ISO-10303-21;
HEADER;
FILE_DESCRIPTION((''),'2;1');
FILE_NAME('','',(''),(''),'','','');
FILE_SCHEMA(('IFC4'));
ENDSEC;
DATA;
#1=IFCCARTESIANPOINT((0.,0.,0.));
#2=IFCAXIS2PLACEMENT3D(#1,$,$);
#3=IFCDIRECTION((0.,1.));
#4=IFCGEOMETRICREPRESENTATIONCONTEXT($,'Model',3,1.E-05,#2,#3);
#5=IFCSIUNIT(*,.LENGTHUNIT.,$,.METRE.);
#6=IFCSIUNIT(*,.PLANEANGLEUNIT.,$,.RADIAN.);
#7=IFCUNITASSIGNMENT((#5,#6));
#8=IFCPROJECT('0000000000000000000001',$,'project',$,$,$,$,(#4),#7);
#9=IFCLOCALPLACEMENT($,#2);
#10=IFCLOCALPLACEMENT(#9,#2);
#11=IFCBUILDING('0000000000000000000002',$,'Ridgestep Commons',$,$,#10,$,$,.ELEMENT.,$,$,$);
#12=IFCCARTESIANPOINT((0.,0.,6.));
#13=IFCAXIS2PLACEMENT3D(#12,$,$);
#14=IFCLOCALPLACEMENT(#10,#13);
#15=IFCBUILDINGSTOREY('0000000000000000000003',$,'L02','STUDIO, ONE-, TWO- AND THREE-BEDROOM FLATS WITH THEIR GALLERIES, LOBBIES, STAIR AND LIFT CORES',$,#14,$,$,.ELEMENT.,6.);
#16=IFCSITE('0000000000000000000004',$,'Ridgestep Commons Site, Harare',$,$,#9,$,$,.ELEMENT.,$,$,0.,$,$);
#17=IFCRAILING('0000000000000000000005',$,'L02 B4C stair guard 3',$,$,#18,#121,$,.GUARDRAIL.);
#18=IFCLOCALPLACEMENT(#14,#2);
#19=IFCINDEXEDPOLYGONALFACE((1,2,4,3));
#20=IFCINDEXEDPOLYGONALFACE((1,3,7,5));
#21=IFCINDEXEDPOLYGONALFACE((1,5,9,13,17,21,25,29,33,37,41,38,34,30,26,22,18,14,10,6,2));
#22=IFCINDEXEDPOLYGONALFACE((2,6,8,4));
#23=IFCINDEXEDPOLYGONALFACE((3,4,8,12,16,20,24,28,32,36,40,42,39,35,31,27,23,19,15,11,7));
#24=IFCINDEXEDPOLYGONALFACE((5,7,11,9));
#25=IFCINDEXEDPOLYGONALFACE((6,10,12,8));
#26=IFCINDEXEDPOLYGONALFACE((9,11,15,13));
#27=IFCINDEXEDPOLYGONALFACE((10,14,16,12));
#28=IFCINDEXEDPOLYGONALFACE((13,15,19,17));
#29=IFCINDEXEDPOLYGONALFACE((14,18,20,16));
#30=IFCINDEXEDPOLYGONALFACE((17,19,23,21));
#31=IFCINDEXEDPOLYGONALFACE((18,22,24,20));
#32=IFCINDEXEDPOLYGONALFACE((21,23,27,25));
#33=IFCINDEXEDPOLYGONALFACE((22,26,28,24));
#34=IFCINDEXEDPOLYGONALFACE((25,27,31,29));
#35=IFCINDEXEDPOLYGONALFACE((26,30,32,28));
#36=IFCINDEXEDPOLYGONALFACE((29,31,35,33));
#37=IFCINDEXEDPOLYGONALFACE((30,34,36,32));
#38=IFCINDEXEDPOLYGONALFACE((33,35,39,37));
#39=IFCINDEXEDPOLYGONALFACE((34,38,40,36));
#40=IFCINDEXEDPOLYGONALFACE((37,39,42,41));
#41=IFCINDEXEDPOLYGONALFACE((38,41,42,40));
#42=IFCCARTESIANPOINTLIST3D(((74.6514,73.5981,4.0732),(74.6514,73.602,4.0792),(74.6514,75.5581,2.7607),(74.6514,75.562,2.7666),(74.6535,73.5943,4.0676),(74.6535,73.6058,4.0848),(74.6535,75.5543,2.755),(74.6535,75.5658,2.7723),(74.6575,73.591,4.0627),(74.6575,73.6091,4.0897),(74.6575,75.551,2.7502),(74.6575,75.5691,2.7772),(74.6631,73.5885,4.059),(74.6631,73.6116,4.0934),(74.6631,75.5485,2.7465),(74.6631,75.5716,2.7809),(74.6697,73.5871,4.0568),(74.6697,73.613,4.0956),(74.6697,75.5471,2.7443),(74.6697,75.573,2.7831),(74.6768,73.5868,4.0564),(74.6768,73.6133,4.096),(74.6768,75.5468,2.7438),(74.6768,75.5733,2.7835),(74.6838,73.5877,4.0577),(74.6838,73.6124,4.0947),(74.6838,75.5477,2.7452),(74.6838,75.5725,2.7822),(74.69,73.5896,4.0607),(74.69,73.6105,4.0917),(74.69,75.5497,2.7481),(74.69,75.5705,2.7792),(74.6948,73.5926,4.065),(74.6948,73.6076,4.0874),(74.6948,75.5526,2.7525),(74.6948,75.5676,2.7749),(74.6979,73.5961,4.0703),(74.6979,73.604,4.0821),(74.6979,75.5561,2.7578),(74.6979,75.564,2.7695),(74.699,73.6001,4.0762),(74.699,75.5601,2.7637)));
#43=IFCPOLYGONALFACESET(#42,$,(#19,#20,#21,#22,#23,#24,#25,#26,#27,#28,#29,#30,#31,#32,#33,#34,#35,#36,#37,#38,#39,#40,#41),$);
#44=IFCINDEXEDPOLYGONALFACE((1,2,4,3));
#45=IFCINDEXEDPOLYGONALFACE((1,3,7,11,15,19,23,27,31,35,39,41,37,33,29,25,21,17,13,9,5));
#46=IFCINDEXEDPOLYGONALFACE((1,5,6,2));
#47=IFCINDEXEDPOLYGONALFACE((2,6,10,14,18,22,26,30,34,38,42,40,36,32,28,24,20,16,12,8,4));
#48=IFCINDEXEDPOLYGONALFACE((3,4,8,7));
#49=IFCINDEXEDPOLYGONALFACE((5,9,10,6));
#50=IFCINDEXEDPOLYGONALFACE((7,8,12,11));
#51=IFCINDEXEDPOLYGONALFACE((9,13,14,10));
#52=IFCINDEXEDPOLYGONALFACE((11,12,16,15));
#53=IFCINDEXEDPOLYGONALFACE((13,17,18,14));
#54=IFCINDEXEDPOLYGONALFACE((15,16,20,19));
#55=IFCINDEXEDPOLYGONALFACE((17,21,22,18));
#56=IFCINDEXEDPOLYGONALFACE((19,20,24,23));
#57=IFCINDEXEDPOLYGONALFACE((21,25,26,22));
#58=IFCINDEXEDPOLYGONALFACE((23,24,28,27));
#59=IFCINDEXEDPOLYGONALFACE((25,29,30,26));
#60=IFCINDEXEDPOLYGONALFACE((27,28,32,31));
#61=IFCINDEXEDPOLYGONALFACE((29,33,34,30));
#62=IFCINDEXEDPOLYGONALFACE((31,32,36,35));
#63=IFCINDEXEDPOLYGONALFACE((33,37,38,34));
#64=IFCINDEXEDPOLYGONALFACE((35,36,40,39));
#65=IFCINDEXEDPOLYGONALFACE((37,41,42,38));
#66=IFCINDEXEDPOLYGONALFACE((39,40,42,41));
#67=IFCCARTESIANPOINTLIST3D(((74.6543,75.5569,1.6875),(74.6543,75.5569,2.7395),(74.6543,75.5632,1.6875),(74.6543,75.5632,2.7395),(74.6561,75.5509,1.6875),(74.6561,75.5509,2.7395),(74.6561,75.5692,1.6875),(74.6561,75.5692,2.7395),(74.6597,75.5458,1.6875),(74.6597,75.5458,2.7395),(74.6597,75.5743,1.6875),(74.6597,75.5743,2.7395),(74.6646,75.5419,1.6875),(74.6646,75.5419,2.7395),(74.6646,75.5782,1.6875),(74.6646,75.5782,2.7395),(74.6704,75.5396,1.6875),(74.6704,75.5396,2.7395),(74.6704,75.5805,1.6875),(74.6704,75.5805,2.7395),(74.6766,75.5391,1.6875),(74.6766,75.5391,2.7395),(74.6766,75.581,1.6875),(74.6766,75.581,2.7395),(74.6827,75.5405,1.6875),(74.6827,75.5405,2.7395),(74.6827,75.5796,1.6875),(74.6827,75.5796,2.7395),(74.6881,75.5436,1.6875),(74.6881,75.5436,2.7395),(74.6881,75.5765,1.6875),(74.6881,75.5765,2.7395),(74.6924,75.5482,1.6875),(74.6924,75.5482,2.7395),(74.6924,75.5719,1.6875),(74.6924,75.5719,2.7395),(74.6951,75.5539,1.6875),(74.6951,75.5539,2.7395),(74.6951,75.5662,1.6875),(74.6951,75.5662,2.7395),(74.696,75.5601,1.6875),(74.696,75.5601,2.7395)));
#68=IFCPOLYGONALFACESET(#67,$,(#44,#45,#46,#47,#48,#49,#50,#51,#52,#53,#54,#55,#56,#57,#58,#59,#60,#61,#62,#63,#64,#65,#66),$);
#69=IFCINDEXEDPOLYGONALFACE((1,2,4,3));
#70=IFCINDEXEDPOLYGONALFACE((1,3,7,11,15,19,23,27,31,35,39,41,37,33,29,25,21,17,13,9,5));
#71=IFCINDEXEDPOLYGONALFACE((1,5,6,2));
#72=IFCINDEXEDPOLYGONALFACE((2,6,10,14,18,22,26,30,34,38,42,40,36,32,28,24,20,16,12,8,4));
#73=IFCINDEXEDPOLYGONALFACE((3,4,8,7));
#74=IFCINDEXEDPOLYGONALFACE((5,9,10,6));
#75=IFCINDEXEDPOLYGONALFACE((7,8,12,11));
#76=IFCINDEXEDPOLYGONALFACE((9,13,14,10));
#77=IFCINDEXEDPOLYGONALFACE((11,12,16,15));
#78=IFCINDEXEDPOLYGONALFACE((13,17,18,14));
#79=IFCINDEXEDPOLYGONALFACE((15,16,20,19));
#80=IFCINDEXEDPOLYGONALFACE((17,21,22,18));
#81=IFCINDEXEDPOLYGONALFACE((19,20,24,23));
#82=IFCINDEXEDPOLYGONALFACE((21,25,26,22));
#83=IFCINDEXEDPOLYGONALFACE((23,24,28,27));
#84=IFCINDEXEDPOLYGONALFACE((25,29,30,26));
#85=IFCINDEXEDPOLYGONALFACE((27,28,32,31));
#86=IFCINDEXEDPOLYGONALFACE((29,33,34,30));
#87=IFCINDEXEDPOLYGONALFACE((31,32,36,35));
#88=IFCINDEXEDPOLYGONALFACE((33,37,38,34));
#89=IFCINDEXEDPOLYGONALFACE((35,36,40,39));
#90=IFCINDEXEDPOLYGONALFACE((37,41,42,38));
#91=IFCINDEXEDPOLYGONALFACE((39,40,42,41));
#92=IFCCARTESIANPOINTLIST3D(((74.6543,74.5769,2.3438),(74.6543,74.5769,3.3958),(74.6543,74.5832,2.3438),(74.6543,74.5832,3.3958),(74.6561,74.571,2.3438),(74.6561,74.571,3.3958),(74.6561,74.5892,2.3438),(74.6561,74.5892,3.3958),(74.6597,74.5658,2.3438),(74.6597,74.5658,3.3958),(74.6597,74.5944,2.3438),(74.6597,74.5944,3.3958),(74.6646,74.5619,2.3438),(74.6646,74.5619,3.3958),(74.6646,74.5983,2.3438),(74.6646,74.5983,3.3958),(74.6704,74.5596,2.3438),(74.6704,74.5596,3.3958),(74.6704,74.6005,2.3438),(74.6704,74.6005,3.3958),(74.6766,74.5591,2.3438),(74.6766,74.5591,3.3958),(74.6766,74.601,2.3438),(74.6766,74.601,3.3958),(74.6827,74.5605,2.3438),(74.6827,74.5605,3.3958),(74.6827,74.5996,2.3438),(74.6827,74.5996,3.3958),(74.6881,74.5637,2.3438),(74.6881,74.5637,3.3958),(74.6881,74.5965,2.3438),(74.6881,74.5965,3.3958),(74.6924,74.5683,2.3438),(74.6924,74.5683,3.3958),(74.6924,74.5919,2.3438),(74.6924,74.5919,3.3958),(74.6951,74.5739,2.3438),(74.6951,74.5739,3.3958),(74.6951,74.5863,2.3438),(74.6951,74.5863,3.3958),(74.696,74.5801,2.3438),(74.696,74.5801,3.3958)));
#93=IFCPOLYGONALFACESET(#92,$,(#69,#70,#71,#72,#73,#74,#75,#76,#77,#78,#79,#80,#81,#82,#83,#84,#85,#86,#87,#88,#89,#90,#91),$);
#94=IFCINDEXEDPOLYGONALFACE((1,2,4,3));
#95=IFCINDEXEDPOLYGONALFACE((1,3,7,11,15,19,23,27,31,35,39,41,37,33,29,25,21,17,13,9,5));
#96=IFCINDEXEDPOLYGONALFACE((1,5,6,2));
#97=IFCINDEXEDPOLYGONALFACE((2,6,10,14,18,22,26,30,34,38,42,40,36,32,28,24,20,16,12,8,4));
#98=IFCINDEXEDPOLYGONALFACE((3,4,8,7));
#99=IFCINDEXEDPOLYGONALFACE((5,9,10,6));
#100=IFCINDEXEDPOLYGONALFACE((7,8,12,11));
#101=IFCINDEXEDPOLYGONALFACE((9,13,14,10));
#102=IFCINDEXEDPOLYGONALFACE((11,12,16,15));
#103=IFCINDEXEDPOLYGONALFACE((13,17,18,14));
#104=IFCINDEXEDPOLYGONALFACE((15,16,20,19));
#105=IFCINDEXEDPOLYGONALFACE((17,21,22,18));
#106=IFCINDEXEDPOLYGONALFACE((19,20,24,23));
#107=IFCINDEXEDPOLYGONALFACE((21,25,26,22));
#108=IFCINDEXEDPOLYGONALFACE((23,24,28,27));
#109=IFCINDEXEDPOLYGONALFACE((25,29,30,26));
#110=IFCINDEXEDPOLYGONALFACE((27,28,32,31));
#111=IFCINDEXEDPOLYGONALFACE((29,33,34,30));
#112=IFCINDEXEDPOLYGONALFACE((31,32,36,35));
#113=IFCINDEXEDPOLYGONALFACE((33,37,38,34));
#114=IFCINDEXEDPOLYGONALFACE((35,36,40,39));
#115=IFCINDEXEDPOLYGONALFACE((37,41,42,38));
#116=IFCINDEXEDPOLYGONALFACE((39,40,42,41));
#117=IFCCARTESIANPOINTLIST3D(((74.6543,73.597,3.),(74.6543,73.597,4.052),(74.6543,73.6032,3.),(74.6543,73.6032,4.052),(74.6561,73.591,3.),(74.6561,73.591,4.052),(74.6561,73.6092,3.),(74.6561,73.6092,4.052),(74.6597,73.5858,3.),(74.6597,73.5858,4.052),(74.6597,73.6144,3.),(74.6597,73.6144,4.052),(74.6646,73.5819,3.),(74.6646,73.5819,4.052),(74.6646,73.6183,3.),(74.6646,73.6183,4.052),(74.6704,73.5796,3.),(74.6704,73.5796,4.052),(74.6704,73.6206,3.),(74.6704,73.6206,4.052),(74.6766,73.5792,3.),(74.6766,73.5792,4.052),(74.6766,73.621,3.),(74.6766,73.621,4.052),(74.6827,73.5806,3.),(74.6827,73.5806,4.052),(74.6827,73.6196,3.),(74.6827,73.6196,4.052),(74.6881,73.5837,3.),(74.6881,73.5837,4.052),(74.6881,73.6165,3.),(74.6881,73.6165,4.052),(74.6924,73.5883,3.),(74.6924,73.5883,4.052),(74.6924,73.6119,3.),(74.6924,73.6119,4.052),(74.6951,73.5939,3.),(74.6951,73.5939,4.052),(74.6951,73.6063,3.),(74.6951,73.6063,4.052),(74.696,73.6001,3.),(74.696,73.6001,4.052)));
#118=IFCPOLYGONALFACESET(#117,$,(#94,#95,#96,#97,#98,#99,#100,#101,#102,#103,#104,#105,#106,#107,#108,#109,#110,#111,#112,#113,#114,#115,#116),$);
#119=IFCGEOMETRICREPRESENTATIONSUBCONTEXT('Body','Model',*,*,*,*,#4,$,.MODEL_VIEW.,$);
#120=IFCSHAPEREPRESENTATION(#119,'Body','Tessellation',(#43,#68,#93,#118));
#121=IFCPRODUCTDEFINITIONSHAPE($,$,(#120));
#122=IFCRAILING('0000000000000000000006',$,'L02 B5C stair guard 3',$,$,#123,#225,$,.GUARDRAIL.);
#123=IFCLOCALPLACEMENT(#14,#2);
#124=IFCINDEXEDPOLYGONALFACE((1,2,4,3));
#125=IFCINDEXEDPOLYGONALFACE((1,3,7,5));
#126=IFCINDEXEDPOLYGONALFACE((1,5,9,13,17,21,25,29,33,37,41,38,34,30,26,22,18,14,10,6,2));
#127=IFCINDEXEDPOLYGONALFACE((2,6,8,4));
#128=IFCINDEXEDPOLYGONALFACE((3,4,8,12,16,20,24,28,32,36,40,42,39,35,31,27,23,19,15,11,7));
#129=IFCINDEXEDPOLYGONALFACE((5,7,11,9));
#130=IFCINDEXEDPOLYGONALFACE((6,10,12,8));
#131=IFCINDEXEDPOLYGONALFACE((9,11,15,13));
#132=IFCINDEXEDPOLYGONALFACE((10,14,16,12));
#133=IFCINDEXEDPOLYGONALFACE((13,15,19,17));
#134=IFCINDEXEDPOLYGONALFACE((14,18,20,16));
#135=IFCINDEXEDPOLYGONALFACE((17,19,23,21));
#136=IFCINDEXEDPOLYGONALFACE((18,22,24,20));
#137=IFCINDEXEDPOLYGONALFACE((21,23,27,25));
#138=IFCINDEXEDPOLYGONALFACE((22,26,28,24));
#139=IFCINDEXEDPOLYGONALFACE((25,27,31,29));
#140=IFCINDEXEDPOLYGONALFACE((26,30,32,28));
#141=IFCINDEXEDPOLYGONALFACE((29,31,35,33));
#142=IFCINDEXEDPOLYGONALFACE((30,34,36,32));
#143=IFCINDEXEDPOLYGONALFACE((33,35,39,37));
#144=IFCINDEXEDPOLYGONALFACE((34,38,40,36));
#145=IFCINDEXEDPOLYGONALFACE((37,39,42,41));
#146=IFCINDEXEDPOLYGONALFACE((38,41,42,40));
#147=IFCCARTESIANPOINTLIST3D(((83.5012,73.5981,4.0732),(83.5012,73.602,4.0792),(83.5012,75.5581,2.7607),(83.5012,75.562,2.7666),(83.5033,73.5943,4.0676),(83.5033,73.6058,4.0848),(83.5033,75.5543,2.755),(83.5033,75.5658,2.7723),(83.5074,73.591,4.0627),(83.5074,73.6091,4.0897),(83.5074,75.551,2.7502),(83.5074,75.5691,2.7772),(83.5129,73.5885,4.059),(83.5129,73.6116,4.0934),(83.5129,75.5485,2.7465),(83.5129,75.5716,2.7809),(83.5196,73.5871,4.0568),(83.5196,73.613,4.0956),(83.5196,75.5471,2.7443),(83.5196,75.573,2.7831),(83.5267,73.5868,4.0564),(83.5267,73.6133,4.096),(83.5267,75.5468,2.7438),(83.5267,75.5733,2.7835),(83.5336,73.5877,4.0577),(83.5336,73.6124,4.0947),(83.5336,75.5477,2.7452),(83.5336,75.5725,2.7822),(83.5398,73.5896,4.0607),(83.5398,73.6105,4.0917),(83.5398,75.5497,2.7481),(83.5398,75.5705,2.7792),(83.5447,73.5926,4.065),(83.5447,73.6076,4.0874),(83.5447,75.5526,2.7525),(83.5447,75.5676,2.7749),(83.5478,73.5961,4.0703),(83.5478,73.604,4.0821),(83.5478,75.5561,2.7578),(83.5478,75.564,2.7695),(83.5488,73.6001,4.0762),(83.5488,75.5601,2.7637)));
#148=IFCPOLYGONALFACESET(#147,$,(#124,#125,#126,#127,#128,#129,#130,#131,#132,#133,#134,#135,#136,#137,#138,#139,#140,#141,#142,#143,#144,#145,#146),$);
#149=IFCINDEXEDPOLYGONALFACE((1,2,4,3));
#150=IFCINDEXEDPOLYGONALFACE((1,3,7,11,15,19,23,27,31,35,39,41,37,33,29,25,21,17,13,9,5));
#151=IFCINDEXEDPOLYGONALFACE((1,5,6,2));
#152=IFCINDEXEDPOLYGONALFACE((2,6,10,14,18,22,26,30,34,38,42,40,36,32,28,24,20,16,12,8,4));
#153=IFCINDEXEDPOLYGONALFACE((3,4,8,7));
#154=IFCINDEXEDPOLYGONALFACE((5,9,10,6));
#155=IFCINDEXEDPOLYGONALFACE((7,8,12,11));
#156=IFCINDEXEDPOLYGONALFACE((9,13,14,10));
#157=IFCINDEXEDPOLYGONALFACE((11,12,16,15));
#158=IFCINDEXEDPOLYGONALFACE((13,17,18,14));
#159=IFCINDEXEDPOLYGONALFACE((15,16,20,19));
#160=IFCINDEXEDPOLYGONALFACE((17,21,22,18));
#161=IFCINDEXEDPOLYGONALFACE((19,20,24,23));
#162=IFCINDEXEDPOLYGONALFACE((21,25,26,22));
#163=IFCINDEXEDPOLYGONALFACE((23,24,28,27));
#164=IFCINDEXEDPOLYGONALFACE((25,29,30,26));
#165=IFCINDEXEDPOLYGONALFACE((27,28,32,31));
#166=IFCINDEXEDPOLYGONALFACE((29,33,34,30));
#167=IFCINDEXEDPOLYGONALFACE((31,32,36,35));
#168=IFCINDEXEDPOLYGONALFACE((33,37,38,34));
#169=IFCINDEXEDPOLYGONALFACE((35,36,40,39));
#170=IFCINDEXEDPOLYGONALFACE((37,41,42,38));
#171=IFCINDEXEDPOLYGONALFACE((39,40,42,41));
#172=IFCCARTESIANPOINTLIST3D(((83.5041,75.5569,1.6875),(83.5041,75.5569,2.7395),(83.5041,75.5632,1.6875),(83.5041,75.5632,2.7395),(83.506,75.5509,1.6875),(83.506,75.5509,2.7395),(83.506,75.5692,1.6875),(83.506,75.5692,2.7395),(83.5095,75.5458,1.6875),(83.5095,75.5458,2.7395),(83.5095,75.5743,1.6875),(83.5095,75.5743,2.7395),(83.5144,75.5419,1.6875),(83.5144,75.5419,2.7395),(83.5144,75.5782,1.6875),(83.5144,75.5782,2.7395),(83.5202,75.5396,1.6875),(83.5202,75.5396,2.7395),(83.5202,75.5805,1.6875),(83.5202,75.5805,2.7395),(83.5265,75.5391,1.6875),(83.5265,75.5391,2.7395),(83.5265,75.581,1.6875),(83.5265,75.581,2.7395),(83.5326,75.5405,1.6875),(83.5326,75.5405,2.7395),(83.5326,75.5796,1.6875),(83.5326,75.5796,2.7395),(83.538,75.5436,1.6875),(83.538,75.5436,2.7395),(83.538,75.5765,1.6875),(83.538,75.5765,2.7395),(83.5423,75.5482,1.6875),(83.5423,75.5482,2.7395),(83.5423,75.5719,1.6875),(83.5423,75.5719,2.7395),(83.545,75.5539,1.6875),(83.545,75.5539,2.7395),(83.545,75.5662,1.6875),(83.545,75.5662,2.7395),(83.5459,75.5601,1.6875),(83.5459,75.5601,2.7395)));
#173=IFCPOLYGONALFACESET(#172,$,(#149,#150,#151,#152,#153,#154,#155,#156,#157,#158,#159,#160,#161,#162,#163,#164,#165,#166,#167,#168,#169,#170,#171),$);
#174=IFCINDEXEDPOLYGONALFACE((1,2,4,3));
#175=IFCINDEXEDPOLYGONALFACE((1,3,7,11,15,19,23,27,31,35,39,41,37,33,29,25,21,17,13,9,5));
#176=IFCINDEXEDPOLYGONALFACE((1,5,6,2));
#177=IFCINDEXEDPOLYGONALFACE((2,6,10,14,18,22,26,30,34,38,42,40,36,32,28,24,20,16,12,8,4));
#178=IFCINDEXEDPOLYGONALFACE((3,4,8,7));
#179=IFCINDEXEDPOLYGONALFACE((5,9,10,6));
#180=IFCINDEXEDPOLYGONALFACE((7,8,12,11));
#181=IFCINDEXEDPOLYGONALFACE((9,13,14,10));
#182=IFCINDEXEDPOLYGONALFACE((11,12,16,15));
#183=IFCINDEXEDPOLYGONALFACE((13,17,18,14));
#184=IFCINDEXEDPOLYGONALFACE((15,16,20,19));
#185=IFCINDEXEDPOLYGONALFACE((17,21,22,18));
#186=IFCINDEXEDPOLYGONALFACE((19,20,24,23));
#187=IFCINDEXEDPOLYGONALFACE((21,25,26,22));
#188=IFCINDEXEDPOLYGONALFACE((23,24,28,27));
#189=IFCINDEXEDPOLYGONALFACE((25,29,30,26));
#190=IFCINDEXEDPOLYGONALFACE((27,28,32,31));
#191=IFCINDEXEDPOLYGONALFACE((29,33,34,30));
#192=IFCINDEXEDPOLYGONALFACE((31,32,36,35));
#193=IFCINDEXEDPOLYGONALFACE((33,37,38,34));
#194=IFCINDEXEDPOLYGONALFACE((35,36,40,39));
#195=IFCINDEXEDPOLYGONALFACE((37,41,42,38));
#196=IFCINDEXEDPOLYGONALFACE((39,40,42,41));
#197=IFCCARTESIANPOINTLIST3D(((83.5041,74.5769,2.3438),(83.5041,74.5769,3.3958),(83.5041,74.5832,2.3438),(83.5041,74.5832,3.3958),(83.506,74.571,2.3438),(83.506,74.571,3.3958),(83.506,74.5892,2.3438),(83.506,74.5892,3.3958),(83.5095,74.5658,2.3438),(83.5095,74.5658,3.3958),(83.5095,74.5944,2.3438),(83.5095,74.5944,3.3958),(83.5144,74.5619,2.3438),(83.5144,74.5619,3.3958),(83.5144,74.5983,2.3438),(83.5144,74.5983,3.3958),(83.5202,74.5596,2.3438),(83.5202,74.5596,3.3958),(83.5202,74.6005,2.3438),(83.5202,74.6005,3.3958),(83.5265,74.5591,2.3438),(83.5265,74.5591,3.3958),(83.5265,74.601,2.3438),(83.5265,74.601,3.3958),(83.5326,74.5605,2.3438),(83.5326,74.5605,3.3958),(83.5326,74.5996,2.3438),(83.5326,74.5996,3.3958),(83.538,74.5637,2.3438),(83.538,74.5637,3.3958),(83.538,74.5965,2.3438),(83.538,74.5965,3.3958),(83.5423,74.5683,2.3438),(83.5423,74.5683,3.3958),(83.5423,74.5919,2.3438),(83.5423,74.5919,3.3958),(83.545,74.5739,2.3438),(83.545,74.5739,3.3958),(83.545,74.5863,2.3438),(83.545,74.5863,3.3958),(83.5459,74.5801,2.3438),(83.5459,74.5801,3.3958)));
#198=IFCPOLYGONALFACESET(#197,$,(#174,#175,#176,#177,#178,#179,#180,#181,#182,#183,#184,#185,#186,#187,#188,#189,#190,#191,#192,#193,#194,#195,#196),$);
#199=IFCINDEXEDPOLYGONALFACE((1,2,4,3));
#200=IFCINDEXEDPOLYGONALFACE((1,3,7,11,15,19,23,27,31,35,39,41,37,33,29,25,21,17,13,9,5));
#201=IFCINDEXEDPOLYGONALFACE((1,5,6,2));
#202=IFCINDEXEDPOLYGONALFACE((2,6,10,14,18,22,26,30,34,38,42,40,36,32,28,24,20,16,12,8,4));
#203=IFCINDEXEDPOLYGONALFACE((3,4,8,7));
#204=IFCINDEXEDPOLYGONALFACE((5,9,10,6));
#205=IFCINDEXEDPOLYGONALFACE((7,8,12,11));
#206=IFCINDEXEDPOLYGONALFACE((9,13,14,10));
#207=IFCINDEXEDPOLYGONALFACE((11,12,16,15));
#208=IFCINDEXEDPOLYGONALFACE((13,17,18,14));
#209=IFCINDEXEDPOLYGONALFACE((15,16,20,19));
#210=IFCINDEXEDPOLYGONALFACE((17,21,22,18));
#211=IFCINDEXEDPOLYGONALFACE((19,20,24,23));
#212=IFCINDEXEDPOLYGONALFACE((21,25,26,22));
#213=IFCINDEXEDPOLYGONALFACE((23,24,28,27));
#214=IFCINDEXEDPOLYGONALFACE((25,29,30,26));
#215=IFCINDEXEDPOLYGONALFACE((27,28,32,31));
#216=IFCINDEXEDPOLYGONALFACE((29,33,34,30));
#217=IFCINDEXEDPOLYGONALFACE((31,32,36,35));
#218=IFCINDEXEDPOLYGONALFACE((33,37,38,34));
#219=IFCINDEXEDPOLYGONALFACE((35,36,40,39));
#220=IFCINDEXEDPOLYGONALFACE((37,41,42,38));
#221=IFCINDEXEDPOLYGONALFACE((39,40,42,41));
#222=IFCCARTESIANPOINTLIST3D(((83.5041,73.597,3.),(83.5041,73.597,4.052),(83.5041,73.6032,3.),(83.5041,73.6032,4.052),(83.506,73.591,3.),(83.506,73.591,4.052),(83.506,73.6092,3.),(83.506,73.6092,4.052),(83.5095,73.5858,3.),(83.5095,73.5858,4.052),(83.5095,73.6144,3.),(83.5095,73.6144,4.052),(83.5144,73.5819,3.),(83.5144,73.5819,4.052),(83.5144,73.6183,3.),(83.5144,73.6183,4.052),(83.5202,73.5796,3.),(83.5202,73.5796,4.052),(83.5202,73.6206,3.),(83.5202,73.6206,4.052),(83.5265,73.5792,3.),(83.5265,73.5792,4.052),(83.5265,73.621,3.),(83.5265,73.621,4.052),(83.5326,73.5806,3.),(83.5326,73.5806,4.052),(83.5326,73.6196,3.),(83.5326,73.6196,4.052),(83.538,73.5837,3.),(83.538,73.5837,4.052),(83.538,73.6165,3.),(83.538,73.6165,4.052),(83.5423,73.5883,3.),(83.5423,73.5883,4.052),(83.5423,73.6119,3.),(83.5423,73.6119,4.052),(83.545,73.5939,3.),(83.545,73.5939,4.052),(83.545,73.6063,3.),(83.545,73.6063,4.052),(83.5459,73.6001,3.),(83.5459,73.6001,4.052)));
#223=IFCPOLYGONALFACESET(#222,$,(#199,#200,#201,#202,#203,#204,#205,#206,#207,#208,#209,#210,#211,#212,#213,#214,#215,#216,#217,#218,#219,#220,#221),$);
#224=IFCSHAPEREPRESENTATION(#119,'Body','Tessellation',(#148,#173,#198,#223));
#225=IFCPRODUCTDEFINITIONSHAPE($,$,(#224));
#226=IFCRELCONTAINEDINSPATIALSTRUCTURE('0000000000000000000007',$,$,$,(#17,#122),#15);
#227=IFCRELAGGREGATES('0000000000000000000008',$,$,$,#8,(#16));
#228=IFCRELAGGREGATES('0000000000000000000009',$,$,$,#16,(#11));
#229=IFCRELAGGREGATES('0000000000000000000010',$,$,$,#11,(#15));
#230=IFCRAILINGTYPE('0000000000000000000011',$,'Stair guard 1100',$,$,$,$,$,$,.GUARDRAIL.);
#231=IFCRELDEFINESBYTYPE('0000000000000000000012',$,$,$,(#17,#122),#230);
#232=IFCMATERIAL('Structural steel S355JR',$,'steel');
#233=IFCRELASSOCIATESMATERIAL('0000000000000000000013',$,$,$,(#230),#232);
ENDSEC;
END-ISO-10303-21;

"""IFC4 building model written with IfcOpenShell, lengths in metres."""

from ifc_helpers import new_model, si_unit, direction, frame, origin, origin_2d, place, context, subcontext, project, spatial, circle, extrude, material, type_object, element, save


model = new_model("IFC4")

# Units and contexts
model_context = context("Model", 3, precision=1e-05, world=origin(), true_north=direction((0.0, 1.0)))
body_context = subcontext(model_context, "Body", "Model", "MODEL_VIEW")
ifc_project = project(units=[si_unit("LENGTHUNIT", "METRE"), si_unit("PLANEANGLEUNIT", "RADIAN")], contexts=[model_context])

# Site, building, storey
site_placement = place(None, origin())
site = spatial("IfcSite", under=ifc_project, at=site_placement, Name="Ridgestep Commons Site, Harare", CompositionType="ELEMENT", RefElevation=0.0)
building_placement = place(site_placement, origin())
building = spatial("IfcBuilding", under=site, at=building_placement, Name="Ridgestep Commons", CompositionType="ELEMENT")
storey_placement = place(building_placement, frame((0.0, 0.0, 6.0)))
storey = spatial("IfcBuildingStorey", under=building, at=storey_placement, Name="L02", Description="STUDIO, ONE-, TWO- AND THREE-BEDROOM FLATS WITH THEIR GALLERIES, LOBBIES, STAIR AND LIFT CORES", CompositionType="ELEMENT", Elevation=6.0)

# Railings
ifc_material_1 = material(Name="Structural steel S355JR", Category="steel")
railing_type_1 = type_object("IfcRailingType", Name="Stair guard 1100", PredefinedType="GUARDRAIL", material=ifc_material_1)
for number, where, name in (
    (1, (74.675, 75.5601, 1.6875), "L02 B4C stair guard 3"),
    (2, (83.5249, 75.5601, 1.6875), "L02 B5C stair guard 3"),
):
    element("IfcRailing", number, at=place(storey_placement, frame(where)), inside=storey, type_object=railing_type_1, Name=name, PredefinedType="GUARDRAIL", context=body_context, shape_type="SweptSolid", body=[
        extrude(circle(Radius=0.0239, at=origin_2d()), frame((0.0, 0.0, 1.0762), z_axis=(0.0, -0.830902, 0.556419), x_axis=(1.0, 0.0, 0.0)), (0.0, 0.0, 1.0), 2.3589),
        extrude(circle(Radius=0.021, at=origin_2d()), origin(), (0.0, 0.0, 1.0), 1.052),
        extrude(circle(Radius=0.021, at=origin_2d()), frame((0.0, -0.98, 0.6562)), (0.0, 0.0, 1.0), 1.052),
        extrude(circle(Radius=0.021, at=origin_2d()), frame((0.0, -1.96, 1.3125)), (0.0, 0.0, 1.0), 1.052),
    ])

save(model, "model.ifc")
